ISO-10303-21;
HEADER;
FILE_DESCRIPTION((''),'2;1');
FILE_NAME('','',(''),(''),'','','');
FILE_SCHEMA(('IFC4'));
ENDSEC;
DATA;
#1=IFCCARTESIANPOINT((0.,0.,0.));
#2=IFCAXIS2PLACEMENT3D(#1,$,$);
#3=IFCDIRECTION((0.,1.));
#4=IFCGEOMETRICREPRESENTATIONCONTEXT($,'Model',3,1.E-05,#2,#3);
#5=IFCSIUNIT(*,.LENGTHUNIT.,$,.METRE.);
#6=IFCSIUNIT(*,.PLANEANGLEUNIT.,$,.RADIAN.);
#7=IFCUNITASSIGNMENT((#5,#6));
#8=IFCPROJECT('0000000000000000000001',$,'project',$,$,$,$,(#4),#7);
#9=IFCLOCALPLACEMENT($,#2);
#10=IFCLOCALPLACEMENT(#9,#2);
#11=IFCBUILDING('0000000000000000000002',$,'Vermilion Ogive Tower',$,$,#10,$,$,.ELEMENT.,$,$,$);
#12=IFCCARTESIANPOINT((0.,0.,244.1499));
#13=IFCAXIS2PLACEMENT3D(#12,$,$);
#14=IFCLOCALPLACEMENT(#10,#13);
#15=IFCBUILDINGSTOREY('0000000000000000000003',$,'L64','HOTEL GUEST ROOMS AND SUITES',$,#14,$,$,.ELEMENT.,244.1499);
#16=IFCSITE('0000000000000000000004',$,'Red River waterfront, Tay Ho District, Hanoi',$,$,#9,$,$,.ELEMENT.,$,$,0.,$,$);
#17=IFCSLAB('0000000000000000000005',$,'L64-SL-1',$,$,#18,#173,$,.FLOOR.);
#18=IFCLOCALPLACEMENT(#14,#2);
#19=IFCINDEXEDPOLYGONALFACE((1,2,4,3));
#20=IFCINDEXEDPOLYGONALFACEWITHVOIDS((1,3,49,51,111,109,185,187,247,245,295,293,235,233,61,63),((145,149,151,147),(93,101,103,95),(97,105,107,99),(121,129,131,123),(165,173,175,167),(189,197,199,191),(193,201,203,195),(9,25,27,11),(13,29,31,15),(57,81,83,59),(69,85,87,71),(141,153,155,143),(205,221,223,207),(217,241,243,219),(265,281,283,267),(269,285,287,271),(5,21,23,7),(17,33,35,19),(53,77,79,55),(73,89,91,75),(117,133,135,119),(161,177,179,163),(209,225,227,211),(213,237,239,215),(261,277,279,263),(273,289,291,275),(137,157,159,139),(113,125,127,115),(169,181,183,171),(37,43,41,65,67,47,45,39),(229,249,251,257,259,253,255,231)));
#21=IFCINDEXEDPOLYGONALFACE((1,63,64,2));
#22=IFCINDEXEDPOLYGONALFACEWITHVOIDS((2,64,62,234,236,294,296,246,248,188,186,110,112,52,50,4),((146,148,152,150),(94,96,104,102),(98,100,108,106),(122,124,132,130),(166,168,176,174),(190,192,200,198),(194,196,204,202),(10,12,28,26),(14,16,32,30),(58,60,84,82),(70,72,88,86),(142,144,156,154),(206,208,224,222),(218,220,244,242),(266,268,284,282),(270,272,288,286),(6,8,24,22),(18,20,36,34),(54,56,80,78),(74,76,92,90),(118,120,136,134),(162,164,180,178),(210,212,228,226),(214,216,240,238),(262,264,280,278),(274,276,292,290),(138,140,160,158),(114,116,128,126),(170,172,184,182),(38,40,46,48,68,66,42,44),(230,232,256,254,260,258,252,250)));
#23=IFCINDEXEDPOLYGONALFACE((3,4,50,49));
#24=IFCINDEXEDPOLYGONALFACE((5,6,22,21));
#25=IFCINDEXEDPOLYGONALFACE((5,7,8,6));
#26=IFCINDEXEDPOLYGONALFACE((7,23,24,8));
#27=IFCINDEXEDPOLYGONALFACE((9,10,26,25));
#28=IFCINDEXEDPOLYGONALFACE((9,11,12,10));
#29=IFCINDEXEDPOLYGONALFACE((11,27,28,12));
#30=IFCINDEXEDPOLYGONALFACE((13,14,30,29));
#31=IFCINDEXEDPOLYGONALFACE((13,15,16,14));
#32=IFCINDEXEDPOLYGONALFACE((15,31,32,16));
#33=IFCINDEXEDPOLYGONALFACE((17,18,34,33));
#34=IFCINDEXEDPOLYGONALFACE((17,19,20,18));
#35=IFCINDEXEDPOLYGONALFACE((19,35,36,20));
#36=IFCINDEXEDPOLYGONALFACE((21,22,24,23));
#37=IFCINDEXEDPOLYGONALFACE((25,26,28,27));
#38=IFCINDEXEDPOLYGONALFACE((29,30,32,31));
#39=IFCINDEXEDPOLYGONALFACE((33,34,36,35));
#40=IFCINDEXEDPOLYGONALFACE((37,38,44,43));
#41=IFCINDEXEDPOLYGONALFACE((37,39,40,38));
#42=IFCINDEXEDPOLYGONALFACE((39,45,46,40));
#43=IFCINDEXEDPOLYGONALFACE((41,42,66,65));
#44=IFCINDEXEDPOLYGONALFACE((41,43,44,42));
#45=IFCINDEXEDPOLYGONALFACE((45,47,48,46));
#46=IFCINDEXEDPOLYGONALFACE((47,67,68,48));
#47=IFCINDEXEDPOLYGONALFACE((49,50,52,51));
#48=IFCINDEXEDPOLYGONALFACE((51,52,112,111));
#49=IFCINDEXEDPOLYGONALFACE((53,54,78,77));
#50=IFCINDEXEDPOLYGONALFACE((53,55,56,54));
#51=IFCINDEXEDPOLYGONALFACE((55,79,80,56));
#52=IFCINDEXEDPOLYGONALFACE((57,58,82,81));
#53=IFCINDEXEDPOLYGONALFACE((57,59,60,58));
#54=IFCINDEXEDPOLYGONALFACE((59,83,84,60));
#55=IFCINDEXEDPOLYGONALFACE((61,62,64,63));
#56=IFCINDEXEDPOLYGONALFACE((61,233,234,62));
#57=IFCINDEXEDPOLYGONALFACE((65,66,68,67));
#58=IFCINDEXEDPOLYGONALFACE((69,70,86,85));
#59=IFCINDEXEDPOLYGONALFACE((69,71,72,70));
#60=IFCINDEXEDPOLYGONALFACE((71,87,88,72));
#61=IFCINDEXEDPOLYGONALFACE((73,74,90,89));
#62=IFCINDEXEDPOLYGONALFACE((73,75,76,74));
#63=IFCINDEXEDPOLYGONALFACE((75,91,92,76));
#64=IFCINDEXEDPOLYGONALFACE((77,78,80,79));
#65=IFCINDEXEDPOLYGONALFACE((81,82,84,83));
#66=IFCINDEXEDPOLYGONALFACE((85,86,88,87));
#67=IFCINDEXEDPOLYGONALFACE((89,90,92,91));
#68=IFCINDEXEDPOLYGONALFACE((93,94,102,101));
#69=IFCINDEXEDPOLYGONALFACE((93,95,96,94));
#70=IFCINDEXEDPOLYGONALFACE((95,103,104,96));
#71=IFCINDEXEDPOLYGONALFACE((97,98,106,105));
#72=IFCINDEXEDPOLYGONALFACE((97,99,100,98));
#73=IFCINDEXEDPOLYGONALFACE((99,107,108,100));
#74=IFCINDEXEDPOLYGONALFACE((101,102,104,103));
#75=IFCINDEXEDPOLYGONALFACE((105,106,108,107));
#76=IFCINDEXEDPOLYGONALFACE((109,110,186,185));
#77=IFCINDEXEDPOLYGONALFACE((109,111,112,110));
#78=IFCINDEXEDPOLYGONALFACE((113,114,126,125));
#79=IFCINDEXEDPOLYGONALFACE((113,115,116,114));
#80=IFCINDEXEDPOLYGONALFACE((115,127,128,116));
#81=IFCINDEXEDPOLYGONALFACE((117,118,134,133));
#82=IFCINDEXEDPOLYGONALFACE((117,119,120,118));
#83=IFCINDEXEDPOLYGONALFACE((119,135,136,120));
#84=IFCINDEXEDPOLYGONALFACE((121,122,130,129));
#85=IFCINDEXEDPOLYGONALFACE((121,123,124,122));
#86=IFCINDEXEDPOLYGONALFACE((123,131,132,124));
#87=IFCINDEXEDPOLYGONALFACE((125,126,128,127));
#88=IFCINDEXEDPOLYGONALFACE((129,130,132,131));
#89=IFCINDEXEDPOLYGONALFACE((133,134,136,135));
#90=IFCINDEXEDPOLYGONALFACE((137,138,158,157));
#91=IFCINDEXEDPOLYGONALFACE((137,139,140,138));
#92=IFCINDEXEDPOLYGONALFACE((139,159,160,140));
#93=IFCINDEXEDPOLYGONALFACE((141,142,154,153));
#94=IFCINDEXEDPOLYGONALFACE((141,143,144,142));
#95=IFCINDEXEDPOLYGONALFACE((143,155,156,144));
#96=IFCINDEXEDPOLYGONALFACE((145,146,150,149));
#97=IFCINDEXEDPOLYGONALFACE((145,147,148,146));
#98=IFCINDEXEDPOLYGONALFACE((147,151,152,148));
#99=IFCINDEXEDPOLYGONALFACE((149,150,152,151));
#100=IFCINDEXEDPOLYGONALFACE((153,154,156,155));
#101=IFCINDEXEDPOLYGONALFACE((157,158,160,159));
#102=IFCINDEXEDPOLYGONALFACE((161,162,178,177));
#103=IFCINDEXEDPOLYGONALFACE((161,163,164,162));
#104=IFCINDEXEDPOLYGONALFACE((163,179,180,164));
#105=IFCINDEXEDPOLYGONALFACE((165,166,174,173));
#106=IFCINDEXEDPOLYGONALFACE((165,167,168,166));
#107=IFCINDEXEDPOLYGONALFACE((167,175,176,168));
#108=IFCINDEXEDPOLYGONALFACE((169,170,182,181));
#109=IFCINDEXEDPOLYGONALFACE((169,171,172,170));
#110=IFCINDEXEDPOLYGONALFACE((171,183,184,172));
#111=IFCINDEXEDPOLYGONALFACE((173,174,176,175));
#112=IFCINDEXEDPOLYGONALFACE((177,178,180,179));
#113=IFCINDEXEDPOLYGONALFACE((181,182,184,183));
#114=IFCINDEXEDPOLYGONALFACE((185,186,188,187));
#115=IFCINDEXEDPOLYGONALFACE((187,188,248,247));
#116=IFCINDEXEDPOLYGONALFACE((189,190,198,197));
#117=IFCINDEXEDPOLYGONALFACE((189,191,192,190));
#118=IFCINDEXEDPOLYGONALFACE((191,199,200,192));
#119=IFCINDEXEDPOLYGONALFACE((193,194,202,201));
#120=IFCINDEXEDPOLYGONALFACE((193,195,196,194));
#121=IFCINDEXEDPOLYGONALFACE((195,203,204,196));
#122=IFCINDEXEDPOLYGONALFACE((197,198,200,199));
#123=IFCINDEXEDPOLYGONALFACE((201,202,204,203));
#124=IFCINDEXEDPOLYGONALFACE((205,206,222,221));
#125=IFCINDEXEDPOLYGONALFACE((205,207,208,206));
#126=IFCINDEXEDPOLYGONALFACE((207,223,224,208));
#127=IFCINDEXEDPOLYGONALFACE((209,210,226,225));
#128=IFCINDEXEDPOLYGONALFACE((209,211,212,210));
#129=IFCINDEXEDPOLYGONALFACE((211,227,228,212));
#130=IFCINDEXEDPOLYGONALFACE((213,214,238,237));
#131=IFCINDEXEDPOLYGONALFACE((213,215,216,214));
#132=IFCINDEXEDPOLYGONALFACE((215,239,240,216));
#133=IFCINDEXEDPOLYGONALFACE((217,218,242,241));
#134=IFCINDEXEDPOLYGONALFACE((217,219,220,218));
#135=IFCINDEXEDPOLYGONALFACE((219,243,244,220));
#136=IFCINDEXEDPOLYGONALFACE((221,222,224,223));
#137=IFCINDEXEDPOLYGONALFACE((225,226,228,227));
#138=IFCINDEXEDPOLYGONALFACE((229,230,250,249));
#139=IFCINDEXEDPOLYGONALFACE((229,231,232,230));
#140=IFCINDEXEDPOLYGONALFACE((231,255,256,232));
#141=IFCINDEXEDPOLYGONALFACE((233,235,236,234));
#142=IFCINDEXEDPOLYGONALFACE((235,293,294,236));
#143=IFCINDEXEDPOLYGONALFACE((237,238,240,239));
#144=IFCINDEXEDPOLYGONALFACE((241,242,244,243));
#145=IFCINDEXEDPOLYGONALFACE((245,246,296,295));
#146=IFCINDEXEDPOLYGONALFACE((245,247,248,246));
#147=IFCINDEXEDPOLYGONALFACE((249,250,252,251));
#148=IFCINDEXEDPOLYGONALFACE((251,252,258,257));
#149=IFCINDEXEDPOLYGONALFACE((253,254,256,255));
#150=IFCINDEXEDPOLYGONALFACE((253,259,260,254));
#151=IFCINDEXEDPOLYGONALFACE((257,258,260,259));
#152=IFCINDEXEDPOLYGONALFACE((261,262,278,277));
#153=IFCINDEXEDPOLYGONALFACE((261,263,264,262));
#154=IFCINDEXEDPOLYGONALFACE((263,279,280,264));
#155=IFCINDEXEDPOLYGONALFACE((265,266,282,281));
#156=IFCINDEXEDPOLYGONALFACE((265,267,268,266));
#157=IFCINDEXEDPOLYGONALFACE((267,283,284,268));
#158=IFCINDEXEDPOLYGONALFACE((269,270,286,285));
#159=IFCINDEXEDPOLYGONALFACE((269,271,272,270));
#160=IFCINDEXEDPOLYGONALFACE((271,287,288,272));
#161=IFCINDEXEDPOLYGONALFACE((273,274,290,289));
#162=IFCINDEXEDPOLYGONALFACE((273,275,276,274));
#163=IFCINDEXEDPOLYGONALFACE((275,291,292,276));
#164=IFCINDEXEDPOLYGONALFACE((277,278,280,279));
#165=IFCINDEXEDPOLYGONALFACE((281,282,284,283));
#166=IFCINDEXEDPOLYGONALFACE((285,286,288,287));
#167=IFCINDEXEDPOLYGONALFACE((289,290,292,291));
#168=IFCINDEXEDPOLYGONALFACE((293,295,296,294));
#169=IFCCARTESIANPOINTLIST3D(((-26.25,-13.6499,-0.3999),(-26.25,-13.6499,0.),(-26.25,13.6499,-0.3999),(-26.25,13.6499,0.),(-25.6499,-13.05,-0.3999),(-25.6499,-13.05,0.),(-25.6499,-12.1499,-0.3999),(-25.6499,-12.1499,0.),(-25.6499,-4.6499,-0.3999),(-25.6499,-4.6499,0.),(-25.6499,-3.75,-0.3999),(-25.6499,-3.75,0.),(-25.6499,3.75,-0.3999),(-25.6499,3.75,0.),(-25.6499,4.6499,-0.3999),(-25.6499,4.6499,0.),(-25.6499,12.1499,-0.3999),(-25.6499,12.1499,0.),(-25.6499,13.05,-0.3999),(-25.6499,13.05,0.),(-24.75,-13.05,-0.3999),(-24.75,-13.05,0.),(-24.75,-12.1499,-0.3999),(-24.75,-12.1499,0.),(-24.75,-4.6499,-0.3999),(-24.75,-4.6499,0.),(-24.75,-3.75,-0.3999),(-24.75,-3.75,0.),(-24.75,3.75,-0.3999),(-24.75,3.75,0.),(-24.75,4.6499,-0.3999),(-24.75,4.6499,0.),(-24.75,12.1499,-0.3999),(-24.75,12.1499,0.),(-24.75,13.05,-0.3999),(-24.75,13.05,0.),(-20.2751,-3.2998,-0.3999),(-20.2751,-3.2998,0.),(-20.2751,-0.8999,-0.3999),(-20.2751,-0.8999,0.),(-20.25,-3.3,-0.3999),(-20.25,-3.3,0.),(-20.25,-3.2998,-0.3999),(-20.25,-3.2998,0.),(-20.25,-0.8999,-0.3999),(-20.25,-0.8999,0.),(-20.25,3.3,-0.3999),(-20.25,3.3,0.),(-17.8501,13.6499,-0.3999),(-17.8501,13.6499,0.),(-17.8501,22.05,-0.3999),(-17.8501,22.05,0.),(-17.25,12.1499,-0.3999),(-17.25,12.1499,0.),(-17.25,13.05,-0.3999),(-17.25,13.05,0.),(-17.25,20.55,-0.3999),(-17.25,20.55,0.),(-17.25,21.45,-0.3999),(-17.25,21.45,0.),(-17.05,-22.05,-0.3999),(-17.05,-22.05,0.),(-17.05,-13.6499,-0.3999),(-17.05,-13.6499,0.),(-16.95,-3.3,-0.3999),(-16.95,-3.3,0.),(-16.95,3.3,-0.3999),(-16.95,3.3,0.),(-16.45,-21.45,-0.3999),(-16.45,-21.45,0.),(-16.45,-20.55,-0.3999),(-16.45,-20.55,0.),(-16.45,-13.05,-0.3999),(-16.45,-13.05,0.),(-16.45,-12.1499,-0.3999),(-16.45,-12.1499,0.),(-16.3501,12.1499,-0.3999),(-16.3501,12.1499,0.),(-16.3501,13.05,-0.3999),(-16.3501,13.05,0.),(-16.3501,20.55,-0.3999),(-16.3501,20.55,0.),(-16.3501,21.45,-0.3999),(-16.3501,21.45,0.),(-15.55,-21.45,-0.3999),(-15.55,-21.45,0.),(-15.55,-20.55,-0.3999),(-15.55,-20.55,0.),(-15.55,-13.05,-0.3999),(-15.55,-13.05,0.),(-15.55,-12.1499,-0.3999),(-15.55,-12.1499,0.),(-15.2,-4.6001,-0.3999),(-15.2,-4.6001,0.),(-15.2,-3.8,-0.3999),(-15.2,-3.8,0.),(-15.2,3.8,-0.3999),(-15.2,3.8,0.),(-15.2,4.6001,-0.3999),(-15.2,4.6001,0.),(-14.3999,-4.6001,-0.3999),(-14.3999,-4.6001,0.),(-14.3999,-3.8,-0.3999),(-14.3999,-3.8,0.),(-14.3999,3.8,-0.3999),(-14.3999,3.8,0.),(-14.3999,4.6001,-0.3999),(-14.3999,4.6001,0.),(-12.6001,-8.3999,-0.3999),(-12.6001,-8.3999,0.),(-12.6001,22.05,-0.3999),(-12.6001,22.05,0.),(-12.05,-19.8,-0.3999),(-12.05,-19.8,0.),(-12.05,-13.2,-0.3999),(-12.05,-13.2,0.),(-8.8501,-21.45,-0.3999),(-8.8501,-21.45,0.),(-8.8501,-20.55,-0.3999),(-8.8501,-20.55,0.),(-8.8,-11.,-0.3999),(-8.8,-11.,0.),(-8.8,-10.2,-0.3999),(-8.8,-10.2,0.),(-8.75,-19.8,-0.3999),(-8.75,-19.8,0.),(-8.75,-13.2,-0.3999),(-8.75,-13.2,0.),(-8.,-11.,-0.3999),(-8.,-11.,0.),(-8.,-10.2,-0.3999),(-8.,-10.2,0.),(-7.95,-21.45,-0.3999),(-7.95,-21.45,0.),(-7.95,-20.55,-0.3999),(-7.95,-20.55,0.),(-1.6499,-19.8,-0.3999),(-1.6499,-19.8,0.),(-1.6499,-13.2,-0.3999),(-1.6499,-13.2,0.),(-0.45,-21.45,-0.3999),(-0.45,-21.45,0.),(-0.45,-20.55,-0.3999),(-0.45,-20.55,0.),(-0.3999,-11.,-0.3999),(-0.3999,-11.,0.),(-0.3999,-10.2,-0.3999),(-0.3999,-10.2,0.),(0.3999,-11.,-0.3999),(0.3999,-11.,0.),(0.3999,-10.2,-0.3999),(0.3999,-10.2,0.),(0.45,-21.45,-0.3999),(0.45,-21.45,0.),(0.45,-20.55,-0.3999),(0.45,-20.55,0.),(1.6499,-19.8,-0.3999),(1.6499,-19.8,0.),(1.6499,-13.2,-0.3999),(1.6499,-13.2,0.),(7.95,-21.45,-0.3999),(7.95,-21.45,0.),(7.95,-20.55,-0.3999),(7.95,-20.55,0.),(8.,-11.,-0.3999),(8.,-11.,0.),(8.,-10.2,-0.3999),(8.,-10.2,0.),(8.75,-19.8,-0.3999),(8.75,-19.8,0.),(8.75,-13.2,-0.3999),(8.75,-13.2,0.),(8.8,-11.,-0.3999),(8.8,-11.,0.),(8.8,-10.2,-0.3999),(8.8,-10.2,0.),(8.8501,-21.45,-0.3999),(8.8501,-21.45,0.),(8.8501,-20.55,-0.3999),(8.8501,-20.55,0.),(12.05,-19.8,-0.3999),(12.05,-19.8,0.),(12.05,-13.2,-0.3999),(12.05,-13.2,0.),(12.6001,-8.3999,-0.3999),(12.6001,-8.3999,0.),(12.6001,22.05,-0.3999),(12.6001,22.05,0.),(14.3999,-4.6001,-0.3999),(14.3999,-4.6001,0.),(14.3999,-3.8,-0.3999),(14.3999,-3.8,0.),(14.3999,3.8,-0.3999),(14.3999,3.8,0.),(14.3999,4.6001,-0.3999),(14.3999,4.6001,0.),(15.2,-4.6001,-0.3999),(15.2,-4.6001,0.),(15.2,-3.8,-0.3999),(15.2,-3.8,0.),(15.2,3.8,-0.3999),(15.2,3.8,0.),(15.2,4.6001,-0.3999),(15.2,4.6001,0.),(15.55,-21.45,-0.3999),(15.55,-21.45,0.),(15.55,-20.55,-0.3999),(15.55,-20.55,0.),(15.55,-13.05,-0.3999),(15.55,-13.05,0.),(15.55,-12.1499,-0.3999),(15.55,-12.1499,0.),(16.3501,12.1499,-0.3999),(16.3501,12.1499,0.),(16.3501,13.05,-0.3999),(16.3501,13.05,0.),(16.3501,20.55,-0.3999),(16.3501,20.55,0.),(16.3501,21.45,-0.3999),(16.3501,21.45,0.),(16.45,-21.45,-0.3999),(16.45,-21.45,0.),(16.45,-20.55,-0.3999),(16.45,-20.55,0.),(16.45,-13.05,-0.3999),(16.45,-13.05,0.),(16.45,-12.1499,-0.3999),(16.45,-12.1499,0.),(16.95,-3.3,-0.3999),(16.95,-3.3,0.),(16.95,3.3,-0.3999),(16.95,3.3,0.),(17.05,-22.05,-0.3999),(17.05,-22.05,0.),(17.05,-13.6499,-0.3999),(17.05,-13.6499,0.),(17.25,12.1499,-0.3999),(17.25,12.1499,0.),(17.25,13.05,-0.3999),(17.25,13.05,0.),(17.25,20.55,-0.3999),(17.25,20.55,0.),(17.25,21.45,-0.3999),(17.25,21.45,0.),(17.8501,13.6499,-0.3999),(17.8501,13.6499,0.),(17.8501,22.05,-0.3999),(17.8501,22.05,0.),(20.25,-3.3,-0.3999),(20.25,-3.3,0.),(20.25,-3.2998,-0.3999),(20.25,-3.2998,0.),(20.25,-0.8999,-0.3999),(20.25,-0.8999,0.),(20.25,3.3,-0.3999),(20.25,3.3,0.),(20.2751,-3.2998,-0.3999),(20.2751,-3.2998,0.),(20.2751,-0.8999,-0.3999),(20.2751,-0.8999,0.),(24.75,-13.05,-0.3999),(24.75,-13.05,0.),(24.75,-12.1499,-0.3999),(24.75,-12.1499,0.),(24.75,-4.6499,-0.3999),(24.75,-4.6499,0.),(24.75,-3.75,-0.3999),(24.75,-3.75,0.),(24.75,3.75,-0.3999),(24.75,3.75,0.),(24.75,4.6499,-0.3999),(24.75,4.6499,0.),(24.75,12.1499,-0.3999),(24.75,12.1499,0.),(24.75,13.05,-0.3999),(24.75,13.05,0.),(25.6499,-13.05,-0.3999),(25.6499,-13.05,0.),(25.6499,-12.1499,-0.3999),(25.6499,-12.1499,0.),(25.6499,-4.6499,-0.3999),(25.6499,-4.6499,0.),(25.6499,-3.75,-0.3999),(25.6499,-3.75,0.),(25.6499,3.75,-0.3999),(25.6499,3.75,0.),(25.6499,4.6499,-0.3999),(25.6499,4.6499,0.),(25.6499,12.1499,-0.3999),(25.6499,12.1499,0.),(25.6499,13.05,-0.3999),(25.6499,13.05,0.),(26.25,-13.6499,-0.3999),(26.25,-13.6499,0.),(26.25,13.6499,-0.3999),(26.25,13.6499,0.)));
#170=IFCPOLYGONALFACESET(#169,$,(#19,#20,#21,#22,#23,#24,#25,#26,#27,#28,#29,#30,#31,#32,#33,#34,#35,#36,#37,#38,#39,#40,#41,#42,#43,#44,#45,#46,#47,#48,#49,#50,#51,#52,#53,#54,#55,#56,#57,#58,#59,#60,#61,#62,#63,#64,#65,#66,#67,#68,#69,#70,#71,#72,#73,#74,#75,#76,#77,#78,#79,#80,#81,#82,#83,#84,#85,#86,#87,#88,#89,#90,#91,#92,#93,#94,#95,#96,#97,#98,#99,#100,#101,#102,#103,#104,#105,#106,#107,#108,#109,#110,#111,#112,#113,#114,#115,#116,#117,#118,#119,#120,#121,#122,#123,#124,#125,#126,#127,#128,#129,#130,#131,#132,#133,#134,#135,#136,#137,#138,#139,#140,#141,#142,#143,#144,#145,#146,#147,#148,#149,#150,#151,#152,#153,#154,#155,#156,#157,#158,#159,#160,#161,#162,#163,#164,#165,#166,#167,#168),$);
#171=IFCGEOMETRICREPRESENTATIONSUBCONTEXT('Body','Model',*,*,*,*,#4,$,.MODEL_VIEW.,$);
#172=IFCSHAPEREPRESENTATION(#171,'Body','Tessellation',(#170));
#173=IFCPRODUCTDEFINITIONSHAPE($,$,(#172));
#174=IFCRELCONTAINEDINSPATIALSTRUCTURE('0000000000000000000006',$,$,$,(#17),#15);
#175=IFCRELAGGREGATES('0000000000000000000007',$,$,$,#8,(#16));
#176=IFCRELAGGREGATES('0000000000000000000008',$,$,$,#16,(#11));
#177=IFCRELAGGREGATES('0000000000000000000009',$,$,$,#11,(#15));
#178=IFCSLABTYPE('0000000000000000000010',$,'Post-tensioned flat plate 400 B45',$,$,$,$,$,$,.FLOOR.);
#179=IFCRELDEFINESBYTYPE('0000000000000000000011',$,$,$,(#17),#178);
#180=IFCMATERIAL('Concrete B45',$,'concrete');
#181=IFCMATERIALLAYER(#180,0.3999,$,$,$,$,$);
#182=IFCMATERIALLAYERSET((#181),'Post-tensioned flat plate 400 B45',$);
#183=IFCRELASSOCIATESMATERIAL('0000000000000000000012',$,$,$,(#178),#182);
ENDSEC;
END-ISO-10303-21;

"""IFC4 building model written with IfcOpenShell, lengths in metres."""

from ifc_helpers import new_model, si_unit, direction, frame, origin, place, context, subcontext, project, spatial, polyline, outline, extrude, material, layer, layer_set, type_object, element, save


model = new_model("IFC4")

# Units and contexts
model_context = context("Model", 3, precision=1e-05, world=origin(), true_north=direction((0.0, 1.0)))
body_context = subcontext(model_context, "Body", "Model", "MODEL_VIEW")
ifc_project = project(units=[si_unit("LENGTHUNIT", "METRE"), si_unit("PLANEANGLEUNIT", "RADIAN")], contexts=[model_context])

# Site, building, storey
site_placement = place(None, origin())
site = spatial("IfcSite", under=ifc_project, at=site_placement, Name="Red River waterfront, Tay Ho District, Hanoi", CompositionType="ELEMENT", RefElevation=0.0)
building_placement = place(site_placement, origin())
building = spatial("IfcBuilding", under=site, at=building_placement, Name="Vermilion Ogive Tower", CompositionType="ELEMENT")
storey_placement = place(building_placement, frame((0.0, 0.0, 244.1499)))
storey = spatial("IfcBuildingStorey", under=building, at=storey_placement, Name="L64", Description="HOTEL GUEST ROOMS AND SUITES", CompositionType="ELEMENT", Elevation=244.1499)

# Slab
ifc_material_1 = material(Name="Concrete B45", Category="concrete")
ifc_layer_1 = layer(ifc_material_1, 0.3999)
ifc_layer_set_1 = layer_set([ifc_layer_1], Name="Post-tensioned flat plate 400 B45")
slab_type = type_object("IfcSlabType", Name="Post-tensioned flat plate 400 B45", PredefinedType="FLOOR", material=ifc_layer_set_1)
slab_placement = place(storey_placement, frame((0.0, 0.0, -0.3999)))
element("IfcSlab", 1, at=slab_placement, inside=storey, type_object=slab_type, Name="L64-SL-1", PredefinedType="FLOOR", context=body_context, shape_type="SweptSolid", body=[
    extrude(outline(polyline([(-26.25, 13.6499), (-26.25, -13.6499), (-17.05, -13.6499), (-17.05, -22.05), (17.05, -22.05), (17.05, -13.6499), (26.25, -13.6499), (26.25, 13.6499), (17.8501, 13.6499), (17.8501, 22.05), (12.6001, 22.05), (12.6001, -8.3999), (-12.6001, -8.3999), (-12.6001, 22.05), (-17.8501, 22.05), (-17.8501, 13.6499), (-26.25, 13.6499)]), holes=[polyline([(24.75, -3.75), (25.6499, -3.75), (25.6499, -4.6499), (24.75, -4.6499), (24.75, -3.75)]), polyline([(24.75, -12.1499), (25.6499, -12.1499), (25.6499, -13.05), (24.75, -13.05), (24.75, -12.1499)]), polyline([(25.6499, 13.05), (25.6499, 12.1499), (24.75, 12.1499), (24.75, 13.05), (25.6499, 13.05)]), polyline([(25.6499, 4.6499), (25.6499, 3.75), (24.75, 3.75), (24.75, 4.6499), (25.6499, 4.6499)]), polyline([(20.2751, -3.2998), (20.25, -3.2998), (20.25, -3.3), (16.95, -3.3), (16.95, 3.3), (20.25, 3.3), (20.25, -0.8999), (20.2751, -0.8999), (20.2751, -3.2998)]), polyline([(16.3501, 13.05), (17.25, 13.05), (17.25, 12.1499), (16.3501, 12.1499), (16.3501, 13.05)]), polyline([(17.25, 21.45), (17.25, 20.55), (16.3501, 20.55), (16.3501, 21.45), (17.25, 21.45)]), polyline([(15.55, -12.1499), (16.45, -12.1499), (16.45, -13.05), (15.55, -13.05), (15.55, -12.1499)]), polyline([(15.55, -20.55), (16.45, -20.55), (16.45, -21.45), (15.55, -21.45), (15.55, -20.55)]), polyline([(14.3999, 4.6001), (15.2, 4.6001), (15.2, 3.8), (14.3999, 3.8), (14.3999, 4.6001)]), polyline([(15.2, -3.8), (15.2, -4.6001), (14.3999, -4.6001), (14.3999, -3.8), (15.2, -3.8)]), polyline([(8.75, -13.2), (12.05, -13.2), (12.05, -19.8), (8.75, -19.8), (8.75, -13.2)]), polyline([(7.95, -20.55), (8.8501, -20.55), (8.8501, -21.45), (7.95, -21.45), (7.95, -20.55)]), polyline([(8.8, -10.2), (8.8, -11.0), (8.0, -11.0), (8.0, -10.2), (8.8, -10.2)]), polyline([(-1.6499, -13.2), (1.6499, -13.2), (1.6499, -19.8), (-1.6499, -19.8), (-1.6499, -13.2)]), polyline([(-0.45, -20.55), (0.45, -20.55), (0.45, -21.45), (-0.45, -21.45), (-0.45, -20.55)]), polyline([(-0.3999, -10.2), (0.3999, -10.2), (0.3999, -11.0), (-0.3999, -11.0), (-0.3999, -10.2)]), polyline([(-8.8501, -20.55), (-7.95, -20.55), (-7.95, -21.45), (-8.8501, -21.45), (-8.8501, -20.55)]), polyline([(-8.8, -10.2), (-8.0, -10.2), (-8.0, -11.0), (-8.8, -11.0), (-8.8, -10.2)]), polyline([(-12.05, -13.2), (-8.75, -13.2), (-8.75, -19.8), (-12.05, -19.8), (-12.05, -13.2)]), polyline([(-15.2, 4.6001), (-14.3999, 4.6001), (-14.3999, 3.8), (-15.2, 3.8), (-15.2, 4.6001)]), polyline([(-14.3999, -3.8), (-14.3999, -4.6001), (-15.2, -4.6001), (-15.2, -3.8), (-14.3999, -3.8)]), polyline([(-16.45, -12.1499), (-15.55, -12.1499), (-15.55, -13.05), (-16.45, -13.05), (-16.45, -12.1499)]), polyline([(-16.45, -20.55), (-15.55, -20.55), (-15.55, -21.45), (-16.45, -21.45), (-16.45, -20.55)]), polyline([(-17.25, 13.05), (-16.3501, 13.05), (-16.3501, 12.1499), (-17.25, 12.1499), (-17.25, 13.05)]), polyline([(-16.3501, 21.45), (-16.3501, 20.55), (-17.25, 20.55), (-17.25, 21.45), (-16.3501, 21.45)]), polyline([(-20.25, -3.3), (-20.25, -3.2998), (-20.2751, -3.2998), (-20.2751, -0.8999), (-20.25, -0.8999), (-20.25, 3.3), (-16.95, 3.3), (-16.95, -3.3), (-20.25, -3.3)]), polyline([(-24.75, 4.6499), (-24.75, 3.75), (-25.6499, 3.75), (-25.6499, 4.6499), (-24.75, 4.6499)]), polyline([(-25.6499, 13.05), (-24.75, 13.05), (-24.75, 12.1499), (-25.6499, 12.1499), (-25.6499, 13.05)]), polyline([(-25.6499, -3.75), (-24.75, -3.75), (-24.75, -4.6499), (-25.6499, -4.6499), (-25.6499, -3.75)]), polyline([(-25.6499, -12.1499), (-24.75, -12.1499), (-24.75, -13.05), (-25.6499, -13.05), (-25.6499, -12.1499)])]), origin(), (0.0, 0.0, 1.0), 0.3999),
])

save(model, "model.ifc")
